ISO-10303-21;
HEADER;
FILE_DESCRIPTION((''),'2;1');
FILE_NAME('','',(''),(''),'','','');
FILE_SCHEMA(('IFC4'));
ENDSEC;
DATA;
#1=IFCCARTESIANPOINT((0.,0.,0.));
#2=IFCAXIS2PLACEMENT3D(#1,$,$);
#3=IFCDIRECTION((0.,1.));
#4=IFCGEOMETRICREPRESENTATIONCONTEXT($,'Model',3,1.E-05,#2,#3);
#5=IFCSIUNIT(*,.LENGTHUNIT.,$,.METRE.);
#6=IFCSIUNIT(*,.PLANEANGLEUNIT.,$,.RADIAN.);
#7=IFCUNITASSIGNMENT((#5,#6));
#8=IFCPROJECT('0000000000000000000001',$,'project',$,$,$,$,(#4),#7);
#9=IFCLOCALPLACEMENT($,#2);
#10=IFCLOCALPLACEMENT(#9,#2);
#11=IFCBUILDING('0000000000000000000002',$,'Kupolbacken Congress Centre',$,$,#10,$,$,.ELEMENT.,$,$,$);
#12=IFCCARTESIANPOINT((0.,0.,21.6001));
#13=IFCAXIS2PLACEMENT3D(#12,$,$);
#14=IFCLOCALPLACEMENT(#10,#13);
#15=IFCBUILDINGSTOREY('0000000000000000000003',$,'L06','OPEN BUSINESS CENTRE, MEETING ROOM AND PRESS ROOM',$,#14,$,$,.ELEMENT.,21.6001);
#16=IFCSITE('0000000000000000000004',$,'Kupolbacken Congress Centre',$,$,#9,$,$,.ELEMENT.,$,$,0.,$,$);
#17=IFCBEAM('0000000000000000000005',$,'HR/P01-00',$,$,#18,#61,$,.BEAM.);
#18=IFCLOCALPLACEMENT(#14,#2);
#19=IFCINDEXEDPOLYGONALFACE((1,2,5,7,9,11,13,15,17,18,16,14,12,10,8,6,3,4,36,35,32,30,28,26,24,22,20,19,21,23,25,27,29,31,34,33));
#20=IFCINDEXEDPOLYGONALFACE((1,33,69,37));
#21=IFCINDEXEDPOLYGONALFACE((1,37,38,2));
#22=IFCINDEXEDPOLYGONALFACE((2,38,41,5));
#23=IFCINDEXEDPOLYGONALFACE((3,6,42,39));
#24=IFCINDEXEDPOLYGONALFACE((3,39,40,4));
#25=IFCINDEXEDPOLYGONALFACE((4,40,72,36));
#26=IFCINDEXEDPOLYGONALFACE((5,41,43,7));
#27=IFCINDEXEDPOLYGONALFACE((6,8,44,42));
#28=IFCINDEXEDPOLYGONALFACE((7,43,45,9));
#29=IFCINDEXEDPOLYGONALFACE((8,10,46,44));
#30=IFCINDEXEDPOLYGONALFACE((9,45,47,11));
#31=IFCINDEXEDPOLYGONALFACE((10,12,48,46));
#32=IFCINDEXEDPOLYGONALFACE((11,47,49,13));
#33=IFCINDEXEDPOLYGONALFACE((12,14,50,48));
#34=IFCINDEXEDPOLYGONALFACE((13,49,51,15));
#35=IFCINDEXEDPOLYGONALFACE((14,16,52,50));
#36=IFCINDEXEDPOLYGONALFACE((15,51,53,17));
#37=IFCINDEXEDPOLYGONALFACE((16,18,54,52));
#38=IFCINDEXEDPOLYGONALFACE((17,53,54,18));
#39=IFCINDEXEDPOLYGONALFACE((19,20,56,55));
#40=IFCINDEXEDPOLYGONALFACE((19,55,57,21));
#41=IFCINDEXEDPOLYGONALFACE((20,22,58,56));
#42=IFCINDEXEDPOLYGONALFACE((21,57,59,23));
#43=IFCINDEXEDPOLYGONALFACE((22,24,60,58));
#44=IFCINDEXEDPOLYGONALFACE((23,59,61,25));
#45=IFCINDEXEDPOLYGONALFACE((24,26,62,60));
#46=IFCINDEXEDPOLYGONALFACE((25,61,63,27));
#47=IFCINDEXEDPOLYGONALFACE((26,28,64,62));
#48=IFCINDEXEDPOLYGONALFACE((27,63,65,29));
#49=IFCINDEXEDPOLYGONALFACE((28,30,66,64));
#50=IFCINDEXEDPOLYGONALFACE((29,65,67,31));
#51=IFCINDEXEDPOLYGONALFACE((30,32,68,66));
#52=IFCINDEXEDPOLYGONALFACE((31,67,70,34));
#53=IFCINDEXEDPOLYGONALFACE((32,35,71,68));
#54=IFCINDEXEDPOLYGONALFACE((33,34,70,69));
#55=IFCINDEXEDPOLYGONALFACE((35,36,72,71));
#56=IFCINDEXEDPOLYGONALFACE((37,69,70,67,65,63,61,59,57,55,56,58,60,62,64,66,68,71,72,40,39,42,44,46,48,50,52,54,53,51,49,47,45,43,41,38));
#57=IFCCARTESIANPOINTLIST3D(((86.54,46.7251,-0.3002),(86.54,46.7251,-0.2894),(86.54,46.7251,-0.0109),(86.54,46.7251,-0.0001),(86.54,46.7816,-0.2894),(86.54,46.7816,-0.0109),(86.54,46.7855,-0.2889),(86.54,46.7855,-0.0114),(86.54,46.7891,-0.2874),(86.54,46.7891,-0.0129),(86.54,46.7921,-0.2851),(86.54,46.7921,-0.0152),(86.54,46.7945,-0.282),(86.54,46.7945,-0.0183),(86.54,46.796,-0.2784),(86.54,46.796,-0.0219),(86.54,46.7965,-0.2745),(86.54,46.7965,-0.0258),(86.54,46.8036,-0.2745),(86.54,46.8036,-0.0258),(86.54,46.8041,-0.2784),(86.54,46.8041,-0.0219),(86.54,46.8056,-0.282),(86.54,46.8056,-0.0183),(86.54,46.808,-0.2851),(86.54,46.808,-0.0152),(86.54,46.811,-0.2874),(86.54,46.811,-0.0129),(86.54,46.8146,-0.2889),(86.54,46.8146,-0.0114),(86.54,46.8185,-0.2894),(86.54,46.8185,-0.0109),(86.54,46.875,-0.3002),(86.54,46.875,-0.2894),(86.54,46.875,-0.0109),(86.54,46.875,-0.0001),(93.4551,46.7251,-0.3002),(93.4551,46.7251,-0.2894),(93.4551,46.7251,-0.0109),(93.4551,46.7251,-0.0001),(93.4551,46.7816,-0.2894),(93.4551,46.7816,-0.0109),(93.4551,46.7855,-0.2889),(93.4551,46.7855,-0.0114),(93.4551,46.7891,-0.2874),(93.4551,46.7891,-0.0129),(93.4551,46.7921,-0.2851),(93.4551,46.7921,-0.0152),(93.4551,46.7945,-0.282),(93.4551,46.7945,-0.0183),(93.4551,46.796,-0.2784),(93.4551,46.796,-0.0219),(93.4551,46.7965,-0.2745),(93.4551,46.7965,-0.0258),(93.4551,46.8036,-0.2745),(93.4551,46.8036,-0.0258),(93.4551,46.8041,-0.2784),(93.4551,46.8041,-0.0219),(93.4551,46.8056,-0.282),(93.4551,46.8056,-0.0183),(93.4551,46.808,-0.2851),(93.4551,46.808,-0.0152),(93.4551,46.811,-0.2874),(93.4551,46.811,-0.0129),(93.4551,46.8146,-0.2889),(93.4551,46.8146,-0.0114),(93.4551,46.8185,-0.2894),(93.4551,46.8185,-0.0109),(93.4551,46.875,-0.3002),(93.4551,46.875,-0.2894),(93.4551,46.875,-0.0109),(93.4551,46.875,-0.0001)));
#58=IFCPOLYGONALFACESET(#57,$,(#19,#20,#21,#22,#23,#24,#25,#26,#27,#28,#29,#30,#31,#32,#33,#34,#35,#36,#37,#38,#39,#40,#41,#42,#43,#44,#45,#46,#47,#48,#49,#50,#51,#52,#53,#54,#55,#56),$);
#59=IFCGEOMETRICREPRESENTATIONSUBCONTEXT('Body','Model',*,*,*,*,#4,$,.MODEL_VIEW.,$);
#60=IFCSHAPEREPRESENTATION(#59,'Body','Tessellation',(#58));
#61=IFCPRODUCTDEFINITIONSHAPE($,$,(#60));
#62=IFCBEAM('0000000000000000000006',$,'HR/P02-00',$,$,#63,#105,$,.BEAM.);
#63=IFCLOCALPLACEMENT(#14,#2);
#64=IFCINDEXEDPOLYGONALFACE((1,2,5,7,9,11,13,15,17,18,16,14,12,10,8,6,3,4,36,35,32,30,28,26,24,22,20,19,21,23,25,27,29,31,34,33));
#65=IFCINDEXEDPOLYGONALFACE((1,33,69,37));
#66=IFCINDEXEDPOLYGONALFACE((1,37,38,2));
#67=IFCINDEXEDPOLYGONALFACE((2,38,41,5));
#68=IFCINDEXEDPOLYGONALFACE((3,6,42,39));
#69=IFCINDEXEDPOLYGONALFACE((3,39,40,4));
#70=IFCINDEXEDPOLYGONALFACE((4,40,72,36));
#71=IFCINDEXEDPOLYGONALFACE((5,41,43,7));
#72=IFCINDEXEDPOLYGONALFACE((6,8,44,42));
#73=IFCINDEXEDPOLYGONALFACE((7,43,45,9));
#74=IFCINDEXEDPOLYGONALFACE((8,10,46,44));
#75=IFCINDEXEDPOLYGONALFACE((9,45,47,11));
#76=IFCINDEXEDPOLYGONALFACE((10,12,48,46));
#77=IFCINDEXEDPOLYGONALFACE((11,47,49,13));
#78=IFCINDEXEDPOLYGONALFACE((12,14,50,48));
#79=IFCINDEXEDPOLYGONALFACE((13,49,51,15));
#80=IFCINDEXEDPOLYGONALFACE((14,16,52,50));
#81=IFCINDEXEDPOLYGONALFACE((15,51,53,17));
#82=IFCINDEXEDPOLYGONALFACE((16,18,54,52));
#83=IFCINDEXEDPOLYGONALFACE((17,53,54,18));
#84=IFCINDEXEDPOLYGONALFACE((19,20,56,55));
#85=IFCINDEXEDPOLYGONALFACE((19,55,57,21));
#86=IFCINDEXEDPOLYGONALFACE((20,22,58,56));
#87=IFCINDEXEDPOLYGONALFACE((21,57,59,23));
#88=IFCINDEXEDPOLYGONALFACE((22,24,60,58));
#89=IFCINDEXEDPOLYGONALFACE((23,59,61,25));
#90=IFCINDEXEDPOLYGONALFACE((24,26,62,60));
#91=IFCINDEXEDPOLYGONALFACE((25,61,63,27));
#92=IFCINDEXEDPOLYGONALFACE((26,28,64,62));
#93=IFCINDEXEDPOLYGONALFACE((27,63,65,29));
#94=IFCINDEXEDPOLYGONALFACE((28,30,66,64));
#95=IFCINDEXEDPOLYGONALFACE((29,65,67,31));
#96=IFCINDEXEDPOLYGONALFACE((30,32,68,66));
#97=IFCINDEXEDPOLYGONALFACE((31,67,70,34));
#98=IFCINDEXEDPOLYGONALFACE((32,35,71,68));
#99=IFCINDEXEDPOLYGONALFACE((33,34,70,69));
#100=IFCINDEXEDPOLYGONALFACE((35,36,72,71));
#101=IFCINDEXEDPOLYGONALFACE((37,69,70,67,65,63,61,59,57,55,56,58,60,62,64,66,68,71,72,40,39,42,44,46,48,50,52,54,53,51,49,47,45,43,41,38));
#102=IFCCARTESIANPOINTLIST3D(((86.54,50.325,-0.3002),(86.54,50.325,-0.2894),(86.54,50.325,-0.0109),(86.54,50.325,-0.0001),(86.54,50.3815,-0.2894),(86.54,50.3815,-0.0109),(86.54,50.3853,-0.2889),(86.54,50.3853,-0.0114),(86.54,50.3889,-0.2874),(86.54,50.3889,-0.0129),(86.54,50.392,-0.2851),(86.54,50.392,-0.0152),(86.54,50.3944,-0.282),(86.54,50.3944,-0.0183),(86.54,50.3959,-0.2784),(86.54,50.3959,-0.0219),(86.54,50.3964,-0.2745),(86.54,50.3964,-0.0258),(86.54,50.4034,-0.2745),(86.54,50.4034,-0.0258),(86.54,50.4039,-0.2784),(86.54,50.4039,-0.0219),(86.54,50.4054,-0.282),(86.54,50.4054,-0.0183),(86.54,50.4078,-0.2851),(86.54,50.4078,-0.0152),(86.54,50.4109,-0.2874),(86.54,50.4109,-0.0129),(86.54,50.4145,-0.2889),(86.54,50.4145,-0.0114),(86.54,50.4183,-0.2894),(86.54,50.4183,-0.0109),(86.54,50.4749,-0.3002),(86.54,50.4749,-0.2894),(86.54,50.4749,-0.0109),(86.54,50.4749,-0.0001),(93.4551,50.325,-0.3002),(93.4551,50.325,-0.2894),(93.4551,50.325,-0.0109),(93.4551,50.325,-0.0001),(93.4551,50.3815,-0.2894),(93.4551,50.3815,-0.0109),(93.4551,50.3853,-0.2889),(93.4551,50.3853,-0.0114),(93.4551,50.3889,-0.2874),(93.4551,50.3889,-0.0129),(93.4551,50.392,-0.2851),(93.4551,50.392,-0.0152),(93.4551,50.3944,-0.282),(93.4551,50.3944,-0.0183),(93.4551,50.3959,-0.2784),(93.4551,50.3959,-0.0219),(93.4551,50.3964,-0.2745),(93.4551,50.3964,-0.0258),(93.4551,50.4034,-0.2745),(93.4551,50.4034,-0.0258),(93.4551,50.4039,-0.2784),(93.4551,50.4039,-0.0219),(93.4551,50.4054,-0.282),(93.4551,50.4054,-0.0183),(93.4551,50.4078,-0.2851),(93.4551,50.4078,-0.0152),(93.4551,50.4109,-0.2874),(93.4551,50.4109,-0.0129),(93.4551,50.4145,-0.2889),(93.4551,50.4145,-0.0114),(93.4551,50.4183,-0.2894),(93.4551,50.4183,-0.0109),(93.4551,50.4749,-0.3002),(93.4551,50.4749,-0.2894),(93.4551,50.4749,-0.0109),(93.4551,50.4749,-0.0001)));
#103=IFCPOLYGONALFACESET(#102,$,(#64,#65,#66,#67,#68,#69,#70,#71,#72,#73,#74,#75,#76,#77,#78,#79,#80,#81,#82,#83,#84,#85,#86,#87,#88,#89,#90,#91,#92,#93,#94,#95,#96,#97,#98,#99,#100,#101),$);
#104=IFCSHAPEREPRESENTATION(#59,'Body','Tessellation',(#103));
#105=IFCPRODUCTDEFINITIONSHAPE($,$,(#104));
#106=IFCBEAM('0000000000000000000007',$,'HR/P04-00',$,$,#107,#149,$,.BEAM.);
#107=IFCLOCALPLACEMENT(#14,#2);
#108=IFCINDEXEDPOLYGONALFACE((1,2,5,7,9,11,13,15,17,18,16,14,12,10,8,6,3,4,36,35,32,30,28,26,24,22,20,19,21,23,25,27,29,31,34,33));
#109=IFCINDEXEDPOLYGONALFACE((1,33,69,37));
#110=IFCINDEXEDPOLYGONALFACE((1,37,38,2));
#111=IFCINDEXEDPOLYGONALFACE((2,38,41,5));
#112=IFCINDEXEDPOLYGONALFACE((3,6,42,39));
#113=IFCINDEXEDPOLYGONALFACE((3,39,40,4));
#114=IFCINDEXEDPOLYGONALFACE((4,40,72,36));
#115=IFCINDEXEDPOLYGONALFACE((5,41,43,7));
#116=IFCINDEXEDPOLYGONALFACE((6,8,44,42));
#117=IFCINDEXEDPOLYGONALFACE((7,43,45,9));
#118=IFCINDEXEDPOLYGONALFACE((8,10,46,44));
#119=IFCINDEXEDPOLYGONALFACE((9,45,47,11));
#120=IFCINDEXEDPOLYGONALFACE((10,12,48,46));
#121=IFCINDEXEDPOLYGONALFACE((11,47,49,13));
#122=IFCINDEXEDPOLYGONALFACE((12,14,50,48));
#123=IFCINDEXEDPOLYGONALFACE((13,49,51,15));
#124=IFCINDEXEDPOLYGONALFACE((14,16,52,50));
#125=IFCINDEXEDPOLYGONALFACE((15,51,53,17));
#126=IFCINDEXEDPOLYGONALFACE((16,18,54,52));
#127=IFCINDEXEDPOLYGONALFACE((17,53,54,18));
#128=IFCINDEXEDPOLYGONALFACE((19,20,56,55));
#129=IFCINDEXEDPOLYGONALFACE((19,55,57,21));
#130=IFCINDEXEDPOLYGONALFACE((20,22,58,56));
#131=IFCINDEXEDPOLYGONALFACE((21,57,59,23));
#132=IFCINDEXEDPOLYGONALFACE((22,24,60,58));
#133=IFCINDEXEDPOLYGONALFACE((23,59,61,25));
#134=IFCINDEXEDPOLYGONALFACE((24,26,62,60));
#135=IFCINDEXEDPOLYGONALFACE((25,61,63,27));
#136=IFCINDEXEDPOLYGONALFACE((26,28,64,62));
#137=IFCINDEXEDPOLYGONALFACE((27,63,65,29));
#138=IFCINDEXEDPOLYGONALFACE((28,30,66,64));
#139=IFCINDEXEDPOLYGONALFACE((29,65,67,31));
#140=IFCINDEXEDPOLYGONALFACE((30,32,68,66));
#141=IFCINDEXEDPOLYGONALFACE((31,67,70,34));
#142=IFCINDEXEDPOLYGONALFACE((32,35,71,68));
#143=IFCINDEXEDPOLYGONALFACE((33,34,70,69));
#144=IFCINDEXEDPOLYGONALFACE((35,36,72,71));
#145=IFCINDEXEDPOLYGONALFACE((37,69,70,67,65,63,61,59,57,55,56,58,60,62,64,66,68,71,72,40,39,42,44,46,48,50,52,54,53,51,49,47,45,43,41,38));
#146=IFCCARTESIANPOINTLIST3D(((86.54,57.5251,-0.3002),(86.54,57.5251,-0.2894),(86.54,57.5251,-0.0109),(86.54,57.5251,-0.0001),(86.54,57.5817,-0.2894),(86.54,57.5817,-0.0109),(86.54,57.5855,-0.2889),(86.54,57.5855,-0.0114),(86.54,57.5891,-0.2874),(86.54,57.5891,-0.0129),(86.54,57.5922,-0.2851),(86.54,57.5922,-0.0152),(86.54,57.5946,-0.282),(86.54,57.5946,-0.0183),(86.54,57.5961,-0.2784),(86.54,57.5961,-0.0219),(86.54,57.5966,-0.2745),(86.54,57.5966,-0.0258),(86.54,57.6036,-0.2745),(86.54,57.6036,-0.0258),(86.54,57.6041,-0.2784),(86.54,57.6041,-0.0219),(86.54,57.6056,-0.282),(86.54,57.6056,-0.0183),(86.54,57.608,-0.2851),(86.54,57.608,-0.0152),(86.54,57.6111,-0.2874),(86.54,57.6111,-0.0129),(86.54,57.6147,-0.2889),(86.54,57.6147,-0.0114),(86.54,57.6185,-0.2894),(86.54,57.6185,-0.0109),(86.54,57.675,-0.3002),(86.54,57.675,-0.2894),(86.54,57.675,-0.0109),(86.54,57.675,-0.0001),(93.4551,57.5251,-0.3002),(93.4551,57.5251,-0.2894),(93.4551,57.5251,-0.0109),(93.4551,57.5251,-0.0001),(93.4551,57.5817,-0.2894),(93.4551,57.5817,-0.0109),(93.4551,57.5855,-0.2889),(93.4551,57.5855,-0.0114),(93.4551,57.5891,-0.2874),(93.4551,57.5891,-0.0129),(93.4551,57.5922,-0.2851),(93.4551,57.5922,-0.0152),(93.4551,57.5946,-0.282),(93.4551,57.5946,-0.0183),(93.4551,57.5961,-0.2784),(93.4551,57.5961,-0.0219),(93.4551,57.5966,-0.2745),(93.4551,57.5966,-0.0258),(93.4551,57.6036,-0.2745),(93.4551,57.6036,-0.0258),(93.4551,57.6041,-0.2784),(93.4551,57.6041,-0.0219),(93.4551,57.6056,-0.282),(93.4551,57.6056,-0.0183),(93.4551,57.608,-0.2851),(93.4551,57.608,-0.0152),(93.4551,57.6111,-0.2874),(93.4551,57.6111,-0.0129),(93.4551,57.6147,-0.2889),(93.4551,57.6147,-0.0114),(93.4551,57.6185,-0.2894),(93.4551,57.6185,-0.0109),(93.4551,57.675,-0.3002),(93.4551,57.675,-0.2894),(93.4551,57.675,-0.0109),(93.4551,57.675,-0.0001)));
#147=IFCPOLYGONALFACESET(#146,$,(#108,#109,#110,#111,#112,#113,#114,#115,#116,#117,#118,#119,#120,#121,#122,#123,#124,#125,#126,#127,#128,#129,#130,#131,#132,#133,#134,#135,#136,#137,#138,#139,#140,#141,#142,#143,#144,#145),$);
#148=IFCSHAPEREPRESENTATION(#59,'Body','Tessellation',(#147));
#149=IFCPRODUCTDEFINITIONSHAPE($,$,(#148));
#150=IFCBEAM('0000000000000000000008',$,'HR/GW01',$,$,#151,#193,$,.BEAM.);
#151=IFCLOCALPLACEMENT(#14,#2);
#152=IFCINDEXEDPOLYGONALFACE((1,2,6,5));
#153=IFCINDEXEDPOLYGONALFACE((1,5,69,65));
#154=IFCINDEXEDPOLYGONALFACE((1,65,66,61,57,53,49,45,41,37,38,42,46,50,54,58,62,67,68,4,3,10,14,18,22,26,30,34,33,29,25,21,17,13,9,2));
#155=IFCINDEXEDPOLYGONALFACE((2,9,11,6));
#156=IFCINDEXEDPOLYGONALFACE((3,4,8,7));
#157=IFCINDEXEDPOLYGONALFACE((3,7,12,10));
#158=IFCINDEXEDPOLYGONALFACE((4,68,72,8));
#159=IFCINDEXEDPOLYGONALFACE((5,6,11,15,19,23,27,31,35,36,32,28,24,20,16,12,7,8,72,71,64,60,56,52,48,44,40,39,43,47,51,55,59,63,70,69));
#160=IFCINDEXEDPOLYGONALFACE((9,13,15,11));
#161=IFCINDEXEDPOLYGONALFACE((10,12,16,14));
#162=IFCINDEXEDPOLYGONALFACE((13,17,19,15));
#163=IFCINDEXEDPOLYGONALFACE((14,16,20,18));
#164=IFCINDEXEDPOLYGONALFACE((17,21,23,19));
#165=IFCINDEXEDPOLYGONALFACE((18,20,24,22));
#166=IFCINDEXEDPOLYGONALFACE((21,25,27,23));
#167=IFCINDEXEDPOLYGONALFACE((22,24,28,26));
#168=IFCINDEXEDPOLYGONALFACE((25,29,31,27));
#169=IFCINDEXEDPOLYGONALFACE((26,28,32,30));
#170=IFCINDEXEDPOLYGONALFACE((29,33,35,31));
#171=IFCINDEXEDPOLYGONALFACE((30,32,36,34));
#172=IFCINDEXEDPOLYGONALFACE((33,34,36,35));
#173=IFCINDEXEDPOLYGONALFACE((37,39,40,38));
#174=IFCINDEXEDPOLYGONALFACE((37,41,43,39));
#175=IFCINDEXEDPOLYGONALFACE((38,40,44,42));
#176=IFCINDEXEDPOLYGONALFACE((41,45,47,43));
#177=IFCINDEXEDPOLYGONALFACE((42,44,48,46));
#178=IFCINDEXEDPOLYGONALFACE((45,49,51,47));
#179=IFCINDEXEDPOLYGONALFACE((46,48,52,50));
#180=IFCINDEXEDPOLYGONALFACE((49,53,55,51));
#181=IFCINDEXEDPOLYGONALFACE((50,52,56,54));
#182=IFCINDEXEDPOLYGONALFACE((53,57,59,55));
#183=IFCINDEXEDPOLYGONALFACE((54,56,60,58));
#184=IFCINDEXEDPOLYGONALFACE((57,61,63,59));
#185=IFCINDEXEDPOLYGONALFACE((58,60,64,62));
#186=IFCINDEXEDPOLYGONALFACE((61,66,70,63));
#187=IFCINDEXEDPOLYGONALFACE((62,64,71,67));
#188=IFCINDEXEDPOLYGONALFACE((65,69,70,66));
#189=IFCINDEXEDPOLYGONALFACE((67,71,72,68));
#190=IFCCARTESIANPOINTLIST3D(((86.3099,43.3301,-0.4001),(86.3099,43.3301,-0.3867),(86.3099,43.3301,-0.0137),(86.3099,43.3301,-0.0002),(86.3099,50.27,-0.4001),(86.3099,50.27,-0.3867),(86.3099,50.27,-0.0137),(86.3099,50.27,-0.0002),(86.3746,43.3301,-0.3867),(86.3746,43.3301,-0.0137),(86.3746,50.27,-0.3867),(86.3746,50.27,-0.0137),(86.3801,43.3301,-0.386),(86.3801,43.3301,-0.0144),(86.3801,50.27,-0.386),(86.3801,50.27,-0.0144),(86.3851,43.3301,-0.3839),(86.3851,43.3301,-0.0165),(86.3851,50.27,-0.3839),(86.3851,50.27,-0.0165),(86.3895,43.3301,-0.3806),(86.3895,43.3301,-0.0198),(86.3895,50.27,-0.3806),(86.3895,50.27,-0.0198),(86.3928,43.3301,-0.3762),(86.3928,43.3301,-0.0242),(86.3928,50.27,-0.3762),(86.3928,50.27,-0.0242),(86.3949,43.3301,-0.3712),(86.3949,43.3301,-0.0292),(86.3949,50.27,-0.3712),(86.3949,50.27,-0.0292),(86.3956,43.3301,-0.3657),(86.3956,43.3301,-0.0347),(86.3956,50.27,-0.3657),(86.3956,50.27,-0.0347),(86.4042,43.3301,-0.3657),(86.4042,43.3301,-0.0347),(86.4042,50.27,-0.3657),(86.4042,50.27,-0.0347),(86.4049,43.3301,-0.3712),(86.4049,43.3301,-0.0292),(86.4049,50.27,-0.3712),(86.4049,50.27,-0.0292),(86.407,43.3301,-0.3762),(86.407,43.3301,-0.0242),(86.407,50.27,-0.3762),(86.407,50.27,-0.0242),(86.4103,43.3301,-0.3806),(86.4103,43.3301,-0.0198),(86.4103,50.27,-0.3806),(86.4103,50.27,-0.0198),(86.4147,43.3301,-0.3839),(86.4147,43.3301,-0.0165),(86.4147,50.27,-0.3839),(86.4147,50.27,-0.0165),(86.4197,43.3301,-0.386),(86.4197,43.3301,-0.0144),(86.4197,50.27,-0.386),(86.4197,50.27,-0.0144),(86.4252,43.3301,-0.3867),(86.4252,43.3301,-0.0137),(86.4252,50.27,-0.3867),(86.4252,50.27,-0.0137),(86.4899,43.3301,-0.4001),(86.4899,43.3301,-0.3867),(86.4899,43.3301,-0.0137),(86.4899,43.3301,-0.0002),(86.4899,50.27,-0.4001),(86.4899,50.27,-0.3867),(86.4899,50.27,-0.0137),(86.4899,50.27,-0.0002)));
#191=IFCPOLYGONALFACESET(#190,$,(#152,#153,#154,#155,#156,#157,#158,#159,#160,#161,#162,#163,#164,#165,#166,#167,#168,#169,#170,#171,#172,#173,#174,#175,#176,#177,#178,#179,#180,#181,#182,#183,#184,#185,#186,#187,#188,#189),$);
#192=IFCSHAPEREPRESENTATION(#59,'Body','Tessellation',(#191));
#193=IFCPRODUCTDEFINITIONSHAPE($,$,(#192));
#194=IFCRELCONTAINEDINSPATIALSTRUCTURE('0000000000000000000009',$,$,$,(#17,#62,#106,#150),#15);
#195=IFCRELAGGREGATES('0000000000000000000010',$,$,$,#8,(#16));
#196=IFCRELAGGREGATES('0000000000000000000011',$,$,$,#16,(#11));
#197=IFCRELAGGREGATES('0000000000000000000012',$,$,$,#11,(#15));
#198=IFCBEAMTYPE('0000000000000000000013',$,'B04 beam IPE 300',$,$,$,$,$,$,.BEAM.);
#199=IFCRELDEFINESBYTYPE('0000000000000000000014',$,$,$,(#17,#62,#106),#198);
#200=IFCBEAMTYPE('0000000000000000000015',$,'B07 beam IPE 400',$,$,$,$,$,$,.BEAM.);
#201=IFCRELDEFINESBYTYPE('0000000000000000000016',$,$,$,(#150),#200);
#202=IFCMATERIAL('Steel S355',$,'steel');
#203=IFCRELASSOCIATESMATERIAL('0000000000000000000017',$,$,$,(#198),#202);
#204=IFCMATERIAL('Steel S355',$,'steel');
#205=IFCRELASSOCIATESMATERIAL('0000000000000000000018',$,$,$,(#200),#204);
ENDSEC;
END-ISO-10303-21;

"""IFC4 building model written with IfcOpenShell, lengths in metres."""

from ifc_helpers import new_model, si_unit, direction, frame, origin, origin_2d, place, context, subcontext, project, spatial, i_section, extrude, material, material_profile, profile_set, type_object, element, save


model = new_model("IFC4")

# Units and contexts
model_context = context("Model", 3, precision=1e-05, world=origin(), true_north=direction((0.0, 1.0)))
body_context = subcontext(model_context, "Body", "Model", "MODEL_VIEW")
ifc_project = project(units=[si_unit("LENGTHUNIT", "METRE"), si_unit("PLANEANGLEUNIT", "RADIAN")], contexts=[model_context])

# Site, building, storey
site_placement = place(None, origin())
site = spatial("IfcSite", under=ifc_project, at=site_placement, Name="Kupolbacken Congress Centre", CompositionType="ELEMENT", RefElevation=0.0)
building_placement = place(site_placement, origin())
building = spatial("IfcBuilding", under=site, at=building_placement, Name="Kupolbacken Congress Centre", CompositionType="ELEMENT")
storey_placement = place(building_placement, frame((0.0, 0.0, 21.6001)))
storey = spatial("IfcBuildingStorey", under=building, at=storey_placement, Name="L06", Description="OPEN BUSINESS CENTRE, MEETING ROOM AND PRESS ROOM", CompositionType="ELEMENT", Elevation=21.6001)

# Beams
ifc_material_1 = material(Name="Steel S355", Category="steel")
ifc_material_profile_1 = material_profile(ifc_material_1, i_section(OverallWidth=0.1499, OverallDepth=0.3, WebThickness=0.0071, FlangeThickness=0.0107, FilletRadius=0.0149, at=origin_2d()), Name="IPE 300")
ifc_profile_set_1 = profile_set([ifc_material_profile_1], Name="Steel S355")
beam_type_1 = type_object("IfcBeamType", Name="B04 beam IPE 300", PredefinedType="BEAM", material=ifc_profile_set_1)
for number, where, z_axis, x_axis, name in (
    (1, (86.54, 46.8, -0.1501), (1.0, 0.0, 0.0), (0.0, 1.0, 0.0), "HR/P01-00"),
    (2, (86.54, 50.3999, -0.1501), (1.0, 0.0, 0.0), (0.0, 1.0, 0.0), "HR/P02-00"),
    (3, (86.54, 57.6001, -0.1501), (1.0, 0.0, 0.0), (0.0, 1.0, 0.0), "HR/P04-00"),
):
    element("IfcBeam", number, at=place(storey_placement, frame(where, z_axis=z_axis, x_axis=x_axis)), inside=storey, type_object=beam_type_1, Name=name, PredefinedType="BEAM", context=body_context, shape_type="SweptSolid", body=[
        extrude(i_section(OverallWidth=0.1499, OverallDepth=0.3, WebThickness=0.0071, FlangeThickness=0.0107, FilletRadius=0.0149, at=origin_2d()), origin(), (0.0, 0.0, 1.0), 6.915),
    ])
ifc_material_2 = material(Name="Steel S355", Category="steel")
ifc_material_profile_2 = material_profile(ifc_material_2, i_section(OverallWidth=0.1799, OverallDepth=0.3999, WebThickness=0.0085, FlangeThickness=0.0134, FilletRadius=0.021, at=origin_2d()), Name="IPE 400")
ifc_profile_set_2 = profile_set([ifc_material_profile_2], Name="Steel S355")
beam_type_2 = type_object("IfcBeamType", Name="B07 beam IPE 400", PredefinedType="BEAM", material=ifc_profile_set_2)
for number, where, z_axis, x_axis, name in (
    (4, (86.3999, 43.3301, -0.2002), (0.0, 1.0, 0.0), (-1.0, 0.0, 0.0), "HR/GW01"),
):
    element("IfcBeam", number, at=place(storey_placement, frame(where, z_axis=z_axis, x_axis=x_axis)), inside=storey, type_object=beam_type_2, Name=name, PredefinedType="BEAM", context=body_context, shape_type="SweptSolid", body=[
        extrude(i_section(OverallWidth=0.1799, OverallDepth=0.3999, WebThickness=0.0085, FlangeThickness=0.0134, FilletRadius=0.021, at=origin_2d()), origin(), (0.0, 0.0, 1.0), 6.9399),
    ])

save(model, "model.ifc")
